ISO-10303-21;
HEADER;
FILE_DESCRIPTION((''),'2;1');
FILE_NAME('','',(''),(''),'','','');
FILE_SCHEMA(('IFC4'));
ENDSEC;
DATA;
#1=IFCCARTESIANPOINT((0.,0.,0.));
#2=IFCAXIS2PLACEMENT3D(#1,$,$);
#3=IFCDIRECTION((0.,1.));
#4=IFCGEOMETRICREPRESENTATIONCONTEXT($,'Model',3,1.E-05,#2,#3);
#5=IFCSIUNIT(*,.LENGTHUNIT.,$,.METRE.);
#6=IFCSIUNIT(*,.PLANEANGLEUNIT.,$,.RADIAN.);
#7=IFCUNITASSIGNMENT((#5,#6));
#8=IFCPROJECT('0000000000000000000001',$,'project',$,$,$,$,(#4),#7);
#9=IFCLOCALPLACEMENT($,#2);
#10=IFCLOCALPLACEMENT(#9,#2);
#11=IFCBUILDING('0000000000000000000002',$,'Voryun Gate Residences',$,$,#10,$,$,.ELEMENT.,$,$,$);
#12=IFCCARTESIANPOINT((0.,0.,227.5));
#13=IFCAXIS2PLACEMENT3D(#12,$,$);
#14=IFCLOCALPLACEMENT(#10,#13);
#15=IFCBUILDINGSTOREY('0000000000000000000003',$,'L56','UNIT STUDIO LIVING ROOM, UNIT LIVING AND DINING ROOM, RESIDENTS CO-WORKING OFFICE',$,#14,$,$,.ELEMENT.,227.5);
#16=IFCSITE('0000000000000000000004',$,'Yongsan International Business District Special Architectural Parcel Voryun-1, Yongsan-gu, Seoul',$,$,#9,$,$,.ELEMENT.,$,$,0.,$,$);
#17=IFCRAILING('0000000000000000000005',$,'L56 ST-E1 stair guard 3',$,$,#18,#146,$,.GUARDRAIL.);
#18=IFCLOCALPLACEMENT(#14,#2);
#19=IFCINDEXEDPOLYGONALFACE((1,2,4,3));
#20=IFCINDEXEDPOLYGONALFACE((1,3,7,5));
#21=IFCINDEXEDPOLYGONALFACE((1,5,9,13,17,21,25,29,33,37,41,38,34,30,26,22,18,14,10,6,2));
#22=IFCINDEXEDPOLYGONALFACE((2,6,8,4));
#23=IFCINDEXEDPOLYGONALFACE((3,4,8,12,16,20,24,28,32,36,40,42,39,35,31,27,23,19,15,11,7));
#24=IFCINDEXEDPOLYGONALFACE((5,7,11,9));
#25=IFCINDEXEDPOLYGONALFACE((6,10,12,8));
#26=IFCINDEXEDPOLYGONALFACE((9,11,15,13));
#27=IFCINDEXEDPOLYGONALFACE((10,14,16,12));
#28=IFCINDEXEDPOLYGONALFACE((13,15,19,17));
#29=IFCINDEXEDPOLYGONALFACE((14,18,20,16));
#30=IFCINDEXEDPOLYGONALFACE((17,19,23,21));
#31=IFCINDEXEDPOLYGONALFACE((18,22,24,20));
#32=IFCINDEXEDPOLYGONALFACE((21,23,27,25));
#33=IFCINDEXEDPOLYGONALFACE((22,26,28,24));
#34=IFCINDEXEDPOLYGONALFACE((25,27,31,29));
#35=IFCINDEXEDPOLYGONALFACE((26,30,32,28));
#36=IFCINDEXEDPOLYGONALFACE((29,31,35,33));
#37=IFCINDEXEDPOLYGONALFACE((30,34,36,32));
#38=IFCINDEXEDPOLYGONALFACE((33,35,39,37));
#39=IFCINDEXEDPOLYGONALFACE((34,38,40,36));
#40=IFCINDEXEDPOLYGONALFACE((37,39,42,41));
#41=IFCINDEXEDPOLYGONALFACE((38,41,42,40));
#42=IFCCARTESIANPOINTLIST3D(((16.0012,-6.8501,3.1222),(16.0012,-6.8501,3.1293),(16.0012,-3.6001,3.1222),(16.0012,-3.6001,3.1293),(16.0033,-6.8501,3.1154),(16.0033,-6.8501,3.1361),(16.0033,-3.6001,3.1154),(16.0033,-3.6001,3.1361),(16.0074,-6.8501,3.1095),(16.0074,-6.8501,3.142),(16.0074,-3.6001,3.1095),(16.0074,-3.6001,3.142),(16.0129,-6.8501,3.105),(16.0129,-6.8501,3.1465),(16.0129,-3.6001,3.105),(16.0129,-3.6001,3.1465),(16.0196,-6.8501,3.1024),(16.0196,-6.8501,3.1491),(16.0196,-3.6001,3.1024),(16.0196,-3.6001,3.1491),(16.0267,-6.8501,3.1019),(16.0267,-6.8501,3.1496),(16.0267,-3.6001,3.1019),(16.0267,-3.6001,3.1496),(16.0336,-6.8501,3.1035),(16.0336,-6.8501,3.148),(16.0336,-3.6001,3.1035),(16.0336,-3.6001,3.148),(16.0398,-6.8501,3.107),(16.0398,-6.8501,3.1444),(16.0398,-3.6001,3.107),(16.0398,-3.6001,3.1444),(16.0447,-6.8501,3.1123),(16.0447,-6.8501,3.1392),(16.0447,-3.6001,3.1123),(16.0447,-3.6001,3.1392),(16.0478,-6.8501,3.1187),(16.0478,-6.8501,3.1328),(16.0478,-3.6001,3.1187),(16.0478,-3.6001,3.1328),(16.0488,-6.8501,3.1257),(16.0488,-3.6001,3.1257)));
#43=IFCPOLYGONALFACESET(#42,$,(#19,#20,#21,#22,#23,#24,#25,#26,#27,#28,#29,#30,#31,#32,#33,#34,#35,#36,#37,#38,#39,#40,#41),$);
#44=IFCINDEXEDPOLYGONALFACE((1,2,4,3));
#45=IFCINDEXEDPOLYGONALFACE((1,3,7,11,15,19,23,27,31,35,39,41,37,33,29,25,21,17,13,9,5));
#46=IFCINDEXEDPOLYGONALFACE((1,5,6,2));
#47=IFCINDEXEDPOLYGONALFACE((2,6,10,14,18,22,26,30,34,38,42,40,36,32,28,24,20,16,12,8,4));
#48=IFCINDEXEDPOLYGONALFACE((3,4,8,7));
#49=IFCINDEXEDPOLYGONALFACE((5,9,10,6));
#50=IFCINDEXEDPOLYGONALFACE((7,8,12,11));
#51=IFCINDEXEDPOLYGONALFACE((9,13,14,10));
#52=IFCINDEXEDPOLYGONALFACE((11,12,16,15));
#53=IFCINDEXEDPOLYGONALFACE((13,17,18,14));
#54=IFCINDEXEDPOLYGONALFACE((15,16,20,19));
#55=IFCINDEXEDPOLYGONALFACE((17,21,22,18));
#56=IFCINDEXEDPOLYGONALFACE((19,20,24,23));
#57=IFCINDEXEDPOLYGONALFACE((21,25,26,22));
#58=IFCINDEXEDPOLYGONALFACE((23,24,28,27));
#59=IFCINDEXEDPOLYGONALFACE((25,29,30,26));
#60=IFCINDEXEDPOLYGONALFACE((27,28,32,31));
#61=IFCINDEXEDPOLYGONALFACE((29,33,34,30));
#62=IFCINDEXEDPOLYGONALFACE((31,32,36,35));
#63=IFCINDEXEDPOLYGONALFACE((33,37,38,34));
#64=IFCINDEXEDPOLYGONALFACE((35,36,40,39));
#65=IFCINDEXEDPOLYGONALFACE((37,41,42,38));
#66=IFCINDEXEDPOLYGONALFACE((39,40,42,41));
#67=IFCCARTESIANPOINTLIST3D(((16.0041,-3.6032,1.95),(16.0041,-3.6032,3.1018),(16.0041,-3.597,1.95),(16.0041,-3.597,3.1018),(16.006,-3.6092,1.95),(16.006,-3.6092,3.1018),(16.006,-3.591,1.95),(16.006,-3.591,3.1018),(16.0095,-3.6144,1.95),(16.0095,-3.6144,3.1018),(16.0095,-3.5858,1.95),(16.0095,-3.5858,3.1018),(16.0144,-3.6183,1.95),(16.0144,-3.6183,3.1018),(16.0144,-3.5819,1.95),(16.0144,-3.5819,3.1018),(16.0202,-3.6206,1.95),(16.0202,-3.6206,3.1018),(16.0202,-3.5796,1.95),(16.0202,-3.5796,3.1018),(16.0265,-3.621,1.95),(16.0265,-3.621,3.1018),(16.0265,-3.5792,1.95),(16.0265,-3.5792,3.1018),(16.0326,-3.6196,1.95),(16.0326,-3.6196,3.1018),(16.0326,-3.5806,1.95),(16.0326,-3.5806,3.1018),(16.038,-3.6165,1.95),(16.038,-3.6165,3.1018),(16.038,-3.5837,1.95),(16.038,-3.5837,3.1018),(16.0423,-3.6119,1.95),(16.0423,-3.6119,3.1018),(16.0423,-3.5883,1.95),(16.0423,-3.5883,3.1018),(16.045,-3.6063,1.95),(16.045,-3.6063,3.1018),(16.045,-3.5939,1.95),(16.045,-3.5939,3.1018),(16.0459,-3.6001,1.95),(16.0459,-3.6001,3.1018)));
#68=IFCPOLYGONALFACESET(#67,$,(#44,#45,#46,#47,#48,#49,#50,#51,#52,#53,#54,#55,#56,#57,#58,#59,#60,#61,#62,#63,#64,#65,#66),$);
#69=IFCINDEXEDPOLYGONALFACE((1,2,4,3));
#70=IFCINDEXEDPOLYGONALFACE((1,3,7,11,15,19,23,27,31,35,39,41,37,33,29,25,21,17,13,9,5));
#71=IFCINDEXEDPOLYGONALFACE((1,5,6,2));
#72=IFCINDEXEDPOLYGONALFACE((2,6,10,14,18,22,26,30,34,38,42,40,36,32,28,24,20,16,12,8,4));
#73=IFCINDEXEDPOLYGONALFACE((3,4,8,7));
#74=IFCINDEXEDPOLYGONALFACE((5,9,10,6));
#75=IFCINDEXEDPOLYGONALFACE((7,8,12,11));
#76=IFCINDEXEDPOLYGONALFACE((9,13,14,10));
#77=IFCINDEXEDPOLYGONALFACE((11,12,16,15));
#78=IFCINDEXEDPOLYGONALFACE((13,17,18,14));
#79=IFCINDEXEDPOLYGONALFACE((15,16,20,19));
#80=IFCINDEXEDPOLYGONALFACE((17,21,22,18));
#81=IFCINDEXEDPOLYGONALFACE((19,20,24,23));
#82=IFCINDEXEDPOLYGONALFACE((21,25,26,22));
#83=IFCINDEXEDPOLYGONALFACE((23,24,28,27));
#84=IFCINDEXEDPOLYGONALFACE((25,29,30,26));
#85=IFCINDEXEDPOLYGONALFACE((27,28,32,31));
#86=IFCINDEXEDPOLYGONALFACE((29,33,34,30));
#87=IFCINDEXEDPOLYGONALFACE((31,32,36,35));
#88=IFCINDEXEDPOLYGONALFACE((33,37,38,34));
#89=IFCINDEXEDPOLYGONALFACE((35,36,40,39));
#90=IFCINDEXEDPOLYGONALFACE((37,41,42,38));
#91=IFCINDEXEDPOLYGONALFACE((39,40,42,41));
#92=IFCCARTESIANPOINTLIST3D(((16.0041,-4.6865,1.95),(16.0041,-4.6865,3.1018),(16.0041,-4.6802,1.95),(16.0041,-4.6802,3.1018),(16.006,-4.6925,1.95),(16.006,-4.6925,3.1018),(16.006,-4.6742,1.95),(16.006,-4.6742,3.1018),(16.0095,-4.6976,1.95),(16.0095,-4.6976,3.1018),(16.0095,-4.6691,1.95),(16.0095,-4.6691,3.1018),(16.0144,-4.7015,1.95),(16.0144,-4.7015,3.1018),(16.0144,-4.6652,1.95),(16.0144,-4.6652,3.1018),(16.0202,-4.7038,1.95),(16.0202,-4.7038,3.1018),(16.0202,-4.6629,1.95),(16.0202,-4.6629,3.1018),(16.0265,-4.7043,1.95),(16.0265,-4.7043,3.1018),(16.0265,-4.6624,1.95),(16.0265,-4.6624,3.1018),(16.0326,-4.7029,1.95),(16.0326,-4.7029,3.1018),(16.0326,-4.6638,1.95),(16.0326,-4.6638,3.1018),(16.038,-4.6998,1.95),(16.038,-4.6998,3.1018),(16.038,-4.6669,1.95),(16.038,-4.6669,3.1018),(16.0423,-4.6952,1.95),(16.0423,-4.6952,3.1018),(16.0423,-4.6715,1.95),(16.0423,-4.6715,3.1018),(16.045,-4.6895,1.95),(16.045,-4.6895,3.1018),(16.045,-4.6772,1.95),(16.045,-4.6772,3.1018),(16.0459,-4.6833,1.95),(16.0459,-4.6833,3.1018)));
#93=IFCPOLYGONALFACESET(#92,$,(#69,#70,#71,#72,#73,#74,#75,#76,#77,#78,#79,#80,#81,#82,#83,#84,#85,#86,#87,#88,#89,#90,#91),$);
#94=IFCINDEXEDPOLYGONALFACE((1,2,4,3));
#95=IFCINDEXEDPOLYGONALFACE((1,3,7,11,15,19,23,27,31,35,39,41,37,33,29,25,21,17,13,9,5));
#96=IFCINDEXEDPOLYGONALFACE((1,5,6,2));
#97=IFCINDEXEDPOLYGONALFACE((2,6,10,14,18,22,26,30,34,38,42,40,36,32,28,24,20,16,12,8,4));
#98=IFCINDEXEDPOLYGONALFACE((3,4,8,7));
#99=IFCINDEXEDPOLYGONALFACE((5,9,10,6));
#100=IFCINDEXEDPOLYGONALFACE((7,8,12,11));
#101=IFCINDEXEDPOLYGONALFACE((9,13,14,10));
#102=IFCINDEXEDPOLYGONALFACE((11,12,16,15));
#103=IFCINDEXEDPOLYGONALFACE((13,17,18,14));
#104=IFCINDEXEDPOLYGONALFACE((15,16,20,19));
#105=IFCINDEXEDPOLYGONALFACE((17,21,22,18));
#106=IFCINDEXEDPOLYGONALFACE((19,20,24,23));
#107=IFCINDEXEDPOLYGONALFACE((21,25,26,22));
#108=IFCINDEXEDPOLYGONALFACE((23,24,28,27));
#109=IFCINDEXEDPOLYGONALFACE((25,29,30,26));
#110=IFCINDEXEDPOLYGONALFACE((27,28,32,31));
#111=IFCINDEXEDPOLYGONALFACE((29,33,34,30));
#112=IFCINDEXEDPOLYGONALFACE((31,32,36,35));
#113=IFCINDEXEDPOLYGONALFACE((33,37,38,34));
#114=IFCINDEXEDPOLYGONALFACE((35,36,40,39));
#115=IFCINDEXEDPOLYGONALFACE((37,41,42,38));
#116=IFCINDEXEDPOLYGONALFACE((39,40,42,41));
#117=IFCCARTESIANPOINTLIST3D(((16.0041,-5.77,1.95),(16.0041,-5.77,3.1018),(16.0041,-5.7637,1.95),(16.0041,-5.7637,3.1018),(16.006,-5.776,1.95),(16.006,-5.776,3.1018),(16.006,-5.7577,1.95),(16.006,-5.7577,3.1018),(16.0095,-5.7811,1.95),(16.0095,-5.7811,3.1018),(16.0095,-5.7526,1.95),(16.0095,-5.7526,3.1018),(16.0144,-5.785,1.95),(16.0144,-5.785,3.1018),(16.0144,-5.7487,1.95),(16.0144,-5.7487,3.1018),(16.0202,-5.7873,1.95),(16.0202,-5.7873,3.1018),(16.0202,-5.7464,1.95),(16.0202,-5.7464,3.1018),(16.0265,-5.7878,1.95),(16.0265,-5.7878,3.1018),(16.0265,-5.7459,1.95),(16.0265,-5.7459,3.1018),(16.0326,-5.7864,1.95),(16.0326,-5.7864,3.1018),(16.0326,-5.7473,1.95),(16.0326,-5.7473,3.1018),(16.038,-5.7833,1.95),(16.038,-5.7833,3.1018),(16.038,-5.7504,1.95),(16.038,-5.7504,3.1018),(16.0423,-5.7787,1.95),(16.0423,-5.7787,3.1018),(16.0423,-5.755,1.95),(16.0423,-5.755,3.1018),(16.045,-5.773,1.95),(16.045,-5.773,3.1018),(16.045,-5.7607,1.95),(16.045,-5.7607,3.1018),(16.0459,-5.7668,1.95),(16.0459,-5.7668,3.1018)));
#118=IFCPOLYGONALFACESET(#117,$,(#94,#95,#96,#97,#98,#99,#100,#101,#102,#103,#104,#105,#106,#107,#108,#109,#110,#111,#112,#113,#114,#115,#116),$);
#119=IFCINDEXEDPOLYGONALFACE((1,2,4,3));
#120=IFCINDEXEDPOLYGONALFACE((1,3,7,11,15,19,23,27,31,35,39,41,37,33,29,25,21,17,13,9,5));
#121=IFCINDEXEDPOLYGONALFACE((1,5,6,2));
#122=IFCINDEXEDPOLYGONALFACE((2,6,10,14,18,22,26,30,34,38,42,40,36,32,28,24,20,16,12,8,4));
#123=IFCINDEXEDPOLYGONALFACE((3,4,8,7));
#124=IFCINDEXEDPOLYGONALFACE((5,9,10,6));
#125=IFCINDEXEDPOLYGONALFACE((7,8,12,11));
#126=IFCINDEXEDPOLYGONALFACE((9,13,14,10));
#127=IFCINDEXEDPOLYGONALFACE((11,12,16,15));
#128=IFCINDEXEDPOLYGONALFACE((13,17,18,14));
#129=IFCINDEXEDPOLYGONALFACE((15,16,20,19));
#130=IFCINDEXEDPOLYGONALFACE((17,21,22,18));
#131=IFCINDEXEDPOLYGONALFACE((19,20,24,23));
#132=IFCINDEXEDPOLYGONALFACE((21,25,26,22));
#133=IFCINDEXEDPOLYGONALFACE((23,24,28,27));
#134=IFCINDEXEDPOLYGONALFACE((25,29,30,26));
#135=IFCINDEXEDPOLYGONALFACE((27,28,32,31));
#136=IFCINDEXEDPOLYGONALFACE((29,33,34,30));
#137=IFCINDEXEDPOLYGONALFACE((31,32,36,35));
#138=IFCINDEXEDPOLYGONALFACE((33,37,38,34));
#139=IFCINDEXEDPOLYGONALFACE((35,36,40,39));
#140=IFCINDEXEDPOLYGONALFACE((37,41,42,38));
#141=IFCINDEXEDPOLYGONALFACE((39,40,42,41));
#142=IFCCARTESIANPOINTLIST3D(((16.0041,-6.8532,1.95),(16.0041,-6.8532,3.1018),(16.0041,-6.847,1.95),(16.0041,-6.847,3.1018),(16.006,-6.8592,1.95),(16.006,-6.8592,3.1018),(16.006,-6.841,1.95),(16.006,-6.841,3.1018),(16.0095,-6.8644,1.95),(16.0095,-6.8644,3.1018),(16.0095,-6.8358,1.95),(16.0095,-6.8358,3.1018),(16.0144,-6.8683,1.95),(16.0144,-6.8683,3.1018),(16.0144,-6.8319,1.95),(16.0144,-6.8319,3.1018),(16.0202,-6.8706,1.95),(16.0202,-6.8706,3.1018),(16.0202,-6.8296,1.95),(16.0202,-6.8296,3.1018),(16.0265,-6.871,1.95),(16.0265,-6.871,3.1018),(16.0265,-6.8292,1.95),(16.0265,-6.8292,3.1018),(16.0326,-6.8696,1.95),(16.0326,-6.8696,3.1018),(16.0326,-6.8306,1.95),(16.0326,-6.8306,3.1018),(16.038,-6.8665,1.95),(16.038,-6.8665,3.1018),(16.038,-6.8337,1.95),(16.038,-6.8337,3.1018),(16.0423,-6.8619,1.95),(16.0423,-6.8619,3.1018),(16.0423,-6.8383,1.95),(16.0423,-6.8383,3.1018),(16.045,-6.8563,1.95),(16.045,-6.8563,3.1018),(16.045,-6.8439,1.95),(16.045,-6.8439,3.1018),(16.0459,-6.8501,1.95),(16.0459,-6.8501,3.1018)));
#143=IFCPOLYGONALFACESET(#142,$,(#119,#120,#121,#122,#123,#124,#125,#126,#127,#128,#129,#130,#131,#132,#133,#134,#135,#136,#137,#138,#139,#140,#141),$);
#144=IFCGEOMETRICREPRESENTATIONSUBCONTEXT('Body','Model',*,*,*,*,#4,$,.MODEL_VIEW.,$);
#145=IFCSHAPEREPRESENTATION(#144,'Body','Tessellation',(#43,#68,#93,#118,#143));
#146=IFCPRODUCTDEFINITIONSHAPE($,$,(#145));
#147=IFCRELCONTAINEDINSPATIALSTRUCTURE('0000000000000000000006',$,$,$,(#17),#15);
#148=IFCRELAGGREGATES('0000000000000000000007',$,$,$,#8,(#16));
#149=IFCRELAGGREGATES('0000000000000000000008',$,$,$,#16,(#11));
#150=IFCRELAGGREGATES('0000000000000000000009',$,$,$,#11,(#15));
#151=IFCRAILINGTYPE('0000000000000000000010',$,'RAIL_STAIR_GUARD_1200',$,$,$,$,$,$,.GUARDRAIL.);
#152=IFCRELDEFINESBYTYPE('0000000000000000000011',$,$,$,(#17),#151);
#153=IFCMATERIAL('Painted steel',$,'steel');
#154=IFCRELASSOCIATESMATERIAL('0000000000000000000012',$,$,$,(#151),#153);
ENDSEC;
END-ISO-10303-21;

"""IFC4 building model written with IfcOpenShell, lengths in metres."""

from ifc_helpers import new_model, si_unit, direction, frame, origin, origin_2d, place, context, subcontext, project, spatial, circle, extrude, material, type_object, element, save


model = new_model("IFC4")

# Units and contexts
model_context = context("Model", 3, precision=1e-05, world=origin(), true_north=direction((0.0, 1.0)))
body_context = subcontext(model_context, "Body", "Model", "MODEL_VIEW")
ifc_project = project(units=[si_unit("LENGTHUNIT", "METRE"), si_unit("PLANEANGLEUNIT", "RADIAN")], contexts=[model_context])

# Site, building, storey
site_placement = place(None, origin())
site = spatial("IfcSite", under=ifc_project, at=site_placement, Name="Yongsan International Business District Special Architectural Parcel Voryun-1, Yongsan-gu, Seoul", CompositionType="ELEMENT", RefElevation=0.0)
building_placement = place(site_placement, origin())
building = spatial("IfcBuilding", under=site, at=building_placement, Name="Voryun Gate Residences", CompositionType="ELEMENT")
storey_placement = place(building_placement, frame((0.0, 0.0, 227.5)))
storey = spatial("IfcBuildingStorey", under=building, at=storey_placement, Name="L56", Description="UNIT STUDIO LIVING ROOM, UNIT LIVING AND DINING ROOM, RESIDENTS CO-WORKING OFFICE", CompositionType="ELEMENT", Elevation=227.5)

# Railing
ifc_material_1 = material(Name="Painted steel", Category="steel")
railing_type_1 = type_object("IfcRailingType", Name="RAIL_STAIR_GUARD_1200", PredefinedType="GUARDRAIL", material=ifc_material_1)
railing_1_placement = place(storey_placement, frame((16.0249, -3.6001, 1.95)))
element("IfcRailing", 1, at=railing_1_placement, inside=storey, type_object=railing_type_1, Name="L56 ST-E1 stair guard 3", PredefinedType="GUARDRAIL", context=body_context, shape_type="SweptSolid", body=[
    extrude(circle(Radius=0.0239, at=origin_2d()), frame((0.0, 0.0, 1.1758), z_axis=(0.0, -1.0, 0.0), x_axis=(1.0, 0.0, 0.0)), (0.0, 0.0, 1.0), 3.25),
    extrude(circle(Radius=0.021, at=origin_2d()), origin(), (0.0, 0.0, 1.0), 1.1519),
    extrude(circle(Radius=0.021, at=origin_2d()), frame((0.0, -1.0833, 0.0)), (0.0, 0.0, 1.0), 1.1519),
    extrude(circle(Radius=0.021, at=origin_2d()), frame((0.0, -2.1667, 0.0)), (0.0, 0.0, 1.0), 1.1519),
    extrude(circle(Radius=0.021, at=origin_2d()), frame((0.0, -3.25, 0.0)), (0.0, 0.0, 1.0), 1.1519),
])

save(model, "model.ifc")
